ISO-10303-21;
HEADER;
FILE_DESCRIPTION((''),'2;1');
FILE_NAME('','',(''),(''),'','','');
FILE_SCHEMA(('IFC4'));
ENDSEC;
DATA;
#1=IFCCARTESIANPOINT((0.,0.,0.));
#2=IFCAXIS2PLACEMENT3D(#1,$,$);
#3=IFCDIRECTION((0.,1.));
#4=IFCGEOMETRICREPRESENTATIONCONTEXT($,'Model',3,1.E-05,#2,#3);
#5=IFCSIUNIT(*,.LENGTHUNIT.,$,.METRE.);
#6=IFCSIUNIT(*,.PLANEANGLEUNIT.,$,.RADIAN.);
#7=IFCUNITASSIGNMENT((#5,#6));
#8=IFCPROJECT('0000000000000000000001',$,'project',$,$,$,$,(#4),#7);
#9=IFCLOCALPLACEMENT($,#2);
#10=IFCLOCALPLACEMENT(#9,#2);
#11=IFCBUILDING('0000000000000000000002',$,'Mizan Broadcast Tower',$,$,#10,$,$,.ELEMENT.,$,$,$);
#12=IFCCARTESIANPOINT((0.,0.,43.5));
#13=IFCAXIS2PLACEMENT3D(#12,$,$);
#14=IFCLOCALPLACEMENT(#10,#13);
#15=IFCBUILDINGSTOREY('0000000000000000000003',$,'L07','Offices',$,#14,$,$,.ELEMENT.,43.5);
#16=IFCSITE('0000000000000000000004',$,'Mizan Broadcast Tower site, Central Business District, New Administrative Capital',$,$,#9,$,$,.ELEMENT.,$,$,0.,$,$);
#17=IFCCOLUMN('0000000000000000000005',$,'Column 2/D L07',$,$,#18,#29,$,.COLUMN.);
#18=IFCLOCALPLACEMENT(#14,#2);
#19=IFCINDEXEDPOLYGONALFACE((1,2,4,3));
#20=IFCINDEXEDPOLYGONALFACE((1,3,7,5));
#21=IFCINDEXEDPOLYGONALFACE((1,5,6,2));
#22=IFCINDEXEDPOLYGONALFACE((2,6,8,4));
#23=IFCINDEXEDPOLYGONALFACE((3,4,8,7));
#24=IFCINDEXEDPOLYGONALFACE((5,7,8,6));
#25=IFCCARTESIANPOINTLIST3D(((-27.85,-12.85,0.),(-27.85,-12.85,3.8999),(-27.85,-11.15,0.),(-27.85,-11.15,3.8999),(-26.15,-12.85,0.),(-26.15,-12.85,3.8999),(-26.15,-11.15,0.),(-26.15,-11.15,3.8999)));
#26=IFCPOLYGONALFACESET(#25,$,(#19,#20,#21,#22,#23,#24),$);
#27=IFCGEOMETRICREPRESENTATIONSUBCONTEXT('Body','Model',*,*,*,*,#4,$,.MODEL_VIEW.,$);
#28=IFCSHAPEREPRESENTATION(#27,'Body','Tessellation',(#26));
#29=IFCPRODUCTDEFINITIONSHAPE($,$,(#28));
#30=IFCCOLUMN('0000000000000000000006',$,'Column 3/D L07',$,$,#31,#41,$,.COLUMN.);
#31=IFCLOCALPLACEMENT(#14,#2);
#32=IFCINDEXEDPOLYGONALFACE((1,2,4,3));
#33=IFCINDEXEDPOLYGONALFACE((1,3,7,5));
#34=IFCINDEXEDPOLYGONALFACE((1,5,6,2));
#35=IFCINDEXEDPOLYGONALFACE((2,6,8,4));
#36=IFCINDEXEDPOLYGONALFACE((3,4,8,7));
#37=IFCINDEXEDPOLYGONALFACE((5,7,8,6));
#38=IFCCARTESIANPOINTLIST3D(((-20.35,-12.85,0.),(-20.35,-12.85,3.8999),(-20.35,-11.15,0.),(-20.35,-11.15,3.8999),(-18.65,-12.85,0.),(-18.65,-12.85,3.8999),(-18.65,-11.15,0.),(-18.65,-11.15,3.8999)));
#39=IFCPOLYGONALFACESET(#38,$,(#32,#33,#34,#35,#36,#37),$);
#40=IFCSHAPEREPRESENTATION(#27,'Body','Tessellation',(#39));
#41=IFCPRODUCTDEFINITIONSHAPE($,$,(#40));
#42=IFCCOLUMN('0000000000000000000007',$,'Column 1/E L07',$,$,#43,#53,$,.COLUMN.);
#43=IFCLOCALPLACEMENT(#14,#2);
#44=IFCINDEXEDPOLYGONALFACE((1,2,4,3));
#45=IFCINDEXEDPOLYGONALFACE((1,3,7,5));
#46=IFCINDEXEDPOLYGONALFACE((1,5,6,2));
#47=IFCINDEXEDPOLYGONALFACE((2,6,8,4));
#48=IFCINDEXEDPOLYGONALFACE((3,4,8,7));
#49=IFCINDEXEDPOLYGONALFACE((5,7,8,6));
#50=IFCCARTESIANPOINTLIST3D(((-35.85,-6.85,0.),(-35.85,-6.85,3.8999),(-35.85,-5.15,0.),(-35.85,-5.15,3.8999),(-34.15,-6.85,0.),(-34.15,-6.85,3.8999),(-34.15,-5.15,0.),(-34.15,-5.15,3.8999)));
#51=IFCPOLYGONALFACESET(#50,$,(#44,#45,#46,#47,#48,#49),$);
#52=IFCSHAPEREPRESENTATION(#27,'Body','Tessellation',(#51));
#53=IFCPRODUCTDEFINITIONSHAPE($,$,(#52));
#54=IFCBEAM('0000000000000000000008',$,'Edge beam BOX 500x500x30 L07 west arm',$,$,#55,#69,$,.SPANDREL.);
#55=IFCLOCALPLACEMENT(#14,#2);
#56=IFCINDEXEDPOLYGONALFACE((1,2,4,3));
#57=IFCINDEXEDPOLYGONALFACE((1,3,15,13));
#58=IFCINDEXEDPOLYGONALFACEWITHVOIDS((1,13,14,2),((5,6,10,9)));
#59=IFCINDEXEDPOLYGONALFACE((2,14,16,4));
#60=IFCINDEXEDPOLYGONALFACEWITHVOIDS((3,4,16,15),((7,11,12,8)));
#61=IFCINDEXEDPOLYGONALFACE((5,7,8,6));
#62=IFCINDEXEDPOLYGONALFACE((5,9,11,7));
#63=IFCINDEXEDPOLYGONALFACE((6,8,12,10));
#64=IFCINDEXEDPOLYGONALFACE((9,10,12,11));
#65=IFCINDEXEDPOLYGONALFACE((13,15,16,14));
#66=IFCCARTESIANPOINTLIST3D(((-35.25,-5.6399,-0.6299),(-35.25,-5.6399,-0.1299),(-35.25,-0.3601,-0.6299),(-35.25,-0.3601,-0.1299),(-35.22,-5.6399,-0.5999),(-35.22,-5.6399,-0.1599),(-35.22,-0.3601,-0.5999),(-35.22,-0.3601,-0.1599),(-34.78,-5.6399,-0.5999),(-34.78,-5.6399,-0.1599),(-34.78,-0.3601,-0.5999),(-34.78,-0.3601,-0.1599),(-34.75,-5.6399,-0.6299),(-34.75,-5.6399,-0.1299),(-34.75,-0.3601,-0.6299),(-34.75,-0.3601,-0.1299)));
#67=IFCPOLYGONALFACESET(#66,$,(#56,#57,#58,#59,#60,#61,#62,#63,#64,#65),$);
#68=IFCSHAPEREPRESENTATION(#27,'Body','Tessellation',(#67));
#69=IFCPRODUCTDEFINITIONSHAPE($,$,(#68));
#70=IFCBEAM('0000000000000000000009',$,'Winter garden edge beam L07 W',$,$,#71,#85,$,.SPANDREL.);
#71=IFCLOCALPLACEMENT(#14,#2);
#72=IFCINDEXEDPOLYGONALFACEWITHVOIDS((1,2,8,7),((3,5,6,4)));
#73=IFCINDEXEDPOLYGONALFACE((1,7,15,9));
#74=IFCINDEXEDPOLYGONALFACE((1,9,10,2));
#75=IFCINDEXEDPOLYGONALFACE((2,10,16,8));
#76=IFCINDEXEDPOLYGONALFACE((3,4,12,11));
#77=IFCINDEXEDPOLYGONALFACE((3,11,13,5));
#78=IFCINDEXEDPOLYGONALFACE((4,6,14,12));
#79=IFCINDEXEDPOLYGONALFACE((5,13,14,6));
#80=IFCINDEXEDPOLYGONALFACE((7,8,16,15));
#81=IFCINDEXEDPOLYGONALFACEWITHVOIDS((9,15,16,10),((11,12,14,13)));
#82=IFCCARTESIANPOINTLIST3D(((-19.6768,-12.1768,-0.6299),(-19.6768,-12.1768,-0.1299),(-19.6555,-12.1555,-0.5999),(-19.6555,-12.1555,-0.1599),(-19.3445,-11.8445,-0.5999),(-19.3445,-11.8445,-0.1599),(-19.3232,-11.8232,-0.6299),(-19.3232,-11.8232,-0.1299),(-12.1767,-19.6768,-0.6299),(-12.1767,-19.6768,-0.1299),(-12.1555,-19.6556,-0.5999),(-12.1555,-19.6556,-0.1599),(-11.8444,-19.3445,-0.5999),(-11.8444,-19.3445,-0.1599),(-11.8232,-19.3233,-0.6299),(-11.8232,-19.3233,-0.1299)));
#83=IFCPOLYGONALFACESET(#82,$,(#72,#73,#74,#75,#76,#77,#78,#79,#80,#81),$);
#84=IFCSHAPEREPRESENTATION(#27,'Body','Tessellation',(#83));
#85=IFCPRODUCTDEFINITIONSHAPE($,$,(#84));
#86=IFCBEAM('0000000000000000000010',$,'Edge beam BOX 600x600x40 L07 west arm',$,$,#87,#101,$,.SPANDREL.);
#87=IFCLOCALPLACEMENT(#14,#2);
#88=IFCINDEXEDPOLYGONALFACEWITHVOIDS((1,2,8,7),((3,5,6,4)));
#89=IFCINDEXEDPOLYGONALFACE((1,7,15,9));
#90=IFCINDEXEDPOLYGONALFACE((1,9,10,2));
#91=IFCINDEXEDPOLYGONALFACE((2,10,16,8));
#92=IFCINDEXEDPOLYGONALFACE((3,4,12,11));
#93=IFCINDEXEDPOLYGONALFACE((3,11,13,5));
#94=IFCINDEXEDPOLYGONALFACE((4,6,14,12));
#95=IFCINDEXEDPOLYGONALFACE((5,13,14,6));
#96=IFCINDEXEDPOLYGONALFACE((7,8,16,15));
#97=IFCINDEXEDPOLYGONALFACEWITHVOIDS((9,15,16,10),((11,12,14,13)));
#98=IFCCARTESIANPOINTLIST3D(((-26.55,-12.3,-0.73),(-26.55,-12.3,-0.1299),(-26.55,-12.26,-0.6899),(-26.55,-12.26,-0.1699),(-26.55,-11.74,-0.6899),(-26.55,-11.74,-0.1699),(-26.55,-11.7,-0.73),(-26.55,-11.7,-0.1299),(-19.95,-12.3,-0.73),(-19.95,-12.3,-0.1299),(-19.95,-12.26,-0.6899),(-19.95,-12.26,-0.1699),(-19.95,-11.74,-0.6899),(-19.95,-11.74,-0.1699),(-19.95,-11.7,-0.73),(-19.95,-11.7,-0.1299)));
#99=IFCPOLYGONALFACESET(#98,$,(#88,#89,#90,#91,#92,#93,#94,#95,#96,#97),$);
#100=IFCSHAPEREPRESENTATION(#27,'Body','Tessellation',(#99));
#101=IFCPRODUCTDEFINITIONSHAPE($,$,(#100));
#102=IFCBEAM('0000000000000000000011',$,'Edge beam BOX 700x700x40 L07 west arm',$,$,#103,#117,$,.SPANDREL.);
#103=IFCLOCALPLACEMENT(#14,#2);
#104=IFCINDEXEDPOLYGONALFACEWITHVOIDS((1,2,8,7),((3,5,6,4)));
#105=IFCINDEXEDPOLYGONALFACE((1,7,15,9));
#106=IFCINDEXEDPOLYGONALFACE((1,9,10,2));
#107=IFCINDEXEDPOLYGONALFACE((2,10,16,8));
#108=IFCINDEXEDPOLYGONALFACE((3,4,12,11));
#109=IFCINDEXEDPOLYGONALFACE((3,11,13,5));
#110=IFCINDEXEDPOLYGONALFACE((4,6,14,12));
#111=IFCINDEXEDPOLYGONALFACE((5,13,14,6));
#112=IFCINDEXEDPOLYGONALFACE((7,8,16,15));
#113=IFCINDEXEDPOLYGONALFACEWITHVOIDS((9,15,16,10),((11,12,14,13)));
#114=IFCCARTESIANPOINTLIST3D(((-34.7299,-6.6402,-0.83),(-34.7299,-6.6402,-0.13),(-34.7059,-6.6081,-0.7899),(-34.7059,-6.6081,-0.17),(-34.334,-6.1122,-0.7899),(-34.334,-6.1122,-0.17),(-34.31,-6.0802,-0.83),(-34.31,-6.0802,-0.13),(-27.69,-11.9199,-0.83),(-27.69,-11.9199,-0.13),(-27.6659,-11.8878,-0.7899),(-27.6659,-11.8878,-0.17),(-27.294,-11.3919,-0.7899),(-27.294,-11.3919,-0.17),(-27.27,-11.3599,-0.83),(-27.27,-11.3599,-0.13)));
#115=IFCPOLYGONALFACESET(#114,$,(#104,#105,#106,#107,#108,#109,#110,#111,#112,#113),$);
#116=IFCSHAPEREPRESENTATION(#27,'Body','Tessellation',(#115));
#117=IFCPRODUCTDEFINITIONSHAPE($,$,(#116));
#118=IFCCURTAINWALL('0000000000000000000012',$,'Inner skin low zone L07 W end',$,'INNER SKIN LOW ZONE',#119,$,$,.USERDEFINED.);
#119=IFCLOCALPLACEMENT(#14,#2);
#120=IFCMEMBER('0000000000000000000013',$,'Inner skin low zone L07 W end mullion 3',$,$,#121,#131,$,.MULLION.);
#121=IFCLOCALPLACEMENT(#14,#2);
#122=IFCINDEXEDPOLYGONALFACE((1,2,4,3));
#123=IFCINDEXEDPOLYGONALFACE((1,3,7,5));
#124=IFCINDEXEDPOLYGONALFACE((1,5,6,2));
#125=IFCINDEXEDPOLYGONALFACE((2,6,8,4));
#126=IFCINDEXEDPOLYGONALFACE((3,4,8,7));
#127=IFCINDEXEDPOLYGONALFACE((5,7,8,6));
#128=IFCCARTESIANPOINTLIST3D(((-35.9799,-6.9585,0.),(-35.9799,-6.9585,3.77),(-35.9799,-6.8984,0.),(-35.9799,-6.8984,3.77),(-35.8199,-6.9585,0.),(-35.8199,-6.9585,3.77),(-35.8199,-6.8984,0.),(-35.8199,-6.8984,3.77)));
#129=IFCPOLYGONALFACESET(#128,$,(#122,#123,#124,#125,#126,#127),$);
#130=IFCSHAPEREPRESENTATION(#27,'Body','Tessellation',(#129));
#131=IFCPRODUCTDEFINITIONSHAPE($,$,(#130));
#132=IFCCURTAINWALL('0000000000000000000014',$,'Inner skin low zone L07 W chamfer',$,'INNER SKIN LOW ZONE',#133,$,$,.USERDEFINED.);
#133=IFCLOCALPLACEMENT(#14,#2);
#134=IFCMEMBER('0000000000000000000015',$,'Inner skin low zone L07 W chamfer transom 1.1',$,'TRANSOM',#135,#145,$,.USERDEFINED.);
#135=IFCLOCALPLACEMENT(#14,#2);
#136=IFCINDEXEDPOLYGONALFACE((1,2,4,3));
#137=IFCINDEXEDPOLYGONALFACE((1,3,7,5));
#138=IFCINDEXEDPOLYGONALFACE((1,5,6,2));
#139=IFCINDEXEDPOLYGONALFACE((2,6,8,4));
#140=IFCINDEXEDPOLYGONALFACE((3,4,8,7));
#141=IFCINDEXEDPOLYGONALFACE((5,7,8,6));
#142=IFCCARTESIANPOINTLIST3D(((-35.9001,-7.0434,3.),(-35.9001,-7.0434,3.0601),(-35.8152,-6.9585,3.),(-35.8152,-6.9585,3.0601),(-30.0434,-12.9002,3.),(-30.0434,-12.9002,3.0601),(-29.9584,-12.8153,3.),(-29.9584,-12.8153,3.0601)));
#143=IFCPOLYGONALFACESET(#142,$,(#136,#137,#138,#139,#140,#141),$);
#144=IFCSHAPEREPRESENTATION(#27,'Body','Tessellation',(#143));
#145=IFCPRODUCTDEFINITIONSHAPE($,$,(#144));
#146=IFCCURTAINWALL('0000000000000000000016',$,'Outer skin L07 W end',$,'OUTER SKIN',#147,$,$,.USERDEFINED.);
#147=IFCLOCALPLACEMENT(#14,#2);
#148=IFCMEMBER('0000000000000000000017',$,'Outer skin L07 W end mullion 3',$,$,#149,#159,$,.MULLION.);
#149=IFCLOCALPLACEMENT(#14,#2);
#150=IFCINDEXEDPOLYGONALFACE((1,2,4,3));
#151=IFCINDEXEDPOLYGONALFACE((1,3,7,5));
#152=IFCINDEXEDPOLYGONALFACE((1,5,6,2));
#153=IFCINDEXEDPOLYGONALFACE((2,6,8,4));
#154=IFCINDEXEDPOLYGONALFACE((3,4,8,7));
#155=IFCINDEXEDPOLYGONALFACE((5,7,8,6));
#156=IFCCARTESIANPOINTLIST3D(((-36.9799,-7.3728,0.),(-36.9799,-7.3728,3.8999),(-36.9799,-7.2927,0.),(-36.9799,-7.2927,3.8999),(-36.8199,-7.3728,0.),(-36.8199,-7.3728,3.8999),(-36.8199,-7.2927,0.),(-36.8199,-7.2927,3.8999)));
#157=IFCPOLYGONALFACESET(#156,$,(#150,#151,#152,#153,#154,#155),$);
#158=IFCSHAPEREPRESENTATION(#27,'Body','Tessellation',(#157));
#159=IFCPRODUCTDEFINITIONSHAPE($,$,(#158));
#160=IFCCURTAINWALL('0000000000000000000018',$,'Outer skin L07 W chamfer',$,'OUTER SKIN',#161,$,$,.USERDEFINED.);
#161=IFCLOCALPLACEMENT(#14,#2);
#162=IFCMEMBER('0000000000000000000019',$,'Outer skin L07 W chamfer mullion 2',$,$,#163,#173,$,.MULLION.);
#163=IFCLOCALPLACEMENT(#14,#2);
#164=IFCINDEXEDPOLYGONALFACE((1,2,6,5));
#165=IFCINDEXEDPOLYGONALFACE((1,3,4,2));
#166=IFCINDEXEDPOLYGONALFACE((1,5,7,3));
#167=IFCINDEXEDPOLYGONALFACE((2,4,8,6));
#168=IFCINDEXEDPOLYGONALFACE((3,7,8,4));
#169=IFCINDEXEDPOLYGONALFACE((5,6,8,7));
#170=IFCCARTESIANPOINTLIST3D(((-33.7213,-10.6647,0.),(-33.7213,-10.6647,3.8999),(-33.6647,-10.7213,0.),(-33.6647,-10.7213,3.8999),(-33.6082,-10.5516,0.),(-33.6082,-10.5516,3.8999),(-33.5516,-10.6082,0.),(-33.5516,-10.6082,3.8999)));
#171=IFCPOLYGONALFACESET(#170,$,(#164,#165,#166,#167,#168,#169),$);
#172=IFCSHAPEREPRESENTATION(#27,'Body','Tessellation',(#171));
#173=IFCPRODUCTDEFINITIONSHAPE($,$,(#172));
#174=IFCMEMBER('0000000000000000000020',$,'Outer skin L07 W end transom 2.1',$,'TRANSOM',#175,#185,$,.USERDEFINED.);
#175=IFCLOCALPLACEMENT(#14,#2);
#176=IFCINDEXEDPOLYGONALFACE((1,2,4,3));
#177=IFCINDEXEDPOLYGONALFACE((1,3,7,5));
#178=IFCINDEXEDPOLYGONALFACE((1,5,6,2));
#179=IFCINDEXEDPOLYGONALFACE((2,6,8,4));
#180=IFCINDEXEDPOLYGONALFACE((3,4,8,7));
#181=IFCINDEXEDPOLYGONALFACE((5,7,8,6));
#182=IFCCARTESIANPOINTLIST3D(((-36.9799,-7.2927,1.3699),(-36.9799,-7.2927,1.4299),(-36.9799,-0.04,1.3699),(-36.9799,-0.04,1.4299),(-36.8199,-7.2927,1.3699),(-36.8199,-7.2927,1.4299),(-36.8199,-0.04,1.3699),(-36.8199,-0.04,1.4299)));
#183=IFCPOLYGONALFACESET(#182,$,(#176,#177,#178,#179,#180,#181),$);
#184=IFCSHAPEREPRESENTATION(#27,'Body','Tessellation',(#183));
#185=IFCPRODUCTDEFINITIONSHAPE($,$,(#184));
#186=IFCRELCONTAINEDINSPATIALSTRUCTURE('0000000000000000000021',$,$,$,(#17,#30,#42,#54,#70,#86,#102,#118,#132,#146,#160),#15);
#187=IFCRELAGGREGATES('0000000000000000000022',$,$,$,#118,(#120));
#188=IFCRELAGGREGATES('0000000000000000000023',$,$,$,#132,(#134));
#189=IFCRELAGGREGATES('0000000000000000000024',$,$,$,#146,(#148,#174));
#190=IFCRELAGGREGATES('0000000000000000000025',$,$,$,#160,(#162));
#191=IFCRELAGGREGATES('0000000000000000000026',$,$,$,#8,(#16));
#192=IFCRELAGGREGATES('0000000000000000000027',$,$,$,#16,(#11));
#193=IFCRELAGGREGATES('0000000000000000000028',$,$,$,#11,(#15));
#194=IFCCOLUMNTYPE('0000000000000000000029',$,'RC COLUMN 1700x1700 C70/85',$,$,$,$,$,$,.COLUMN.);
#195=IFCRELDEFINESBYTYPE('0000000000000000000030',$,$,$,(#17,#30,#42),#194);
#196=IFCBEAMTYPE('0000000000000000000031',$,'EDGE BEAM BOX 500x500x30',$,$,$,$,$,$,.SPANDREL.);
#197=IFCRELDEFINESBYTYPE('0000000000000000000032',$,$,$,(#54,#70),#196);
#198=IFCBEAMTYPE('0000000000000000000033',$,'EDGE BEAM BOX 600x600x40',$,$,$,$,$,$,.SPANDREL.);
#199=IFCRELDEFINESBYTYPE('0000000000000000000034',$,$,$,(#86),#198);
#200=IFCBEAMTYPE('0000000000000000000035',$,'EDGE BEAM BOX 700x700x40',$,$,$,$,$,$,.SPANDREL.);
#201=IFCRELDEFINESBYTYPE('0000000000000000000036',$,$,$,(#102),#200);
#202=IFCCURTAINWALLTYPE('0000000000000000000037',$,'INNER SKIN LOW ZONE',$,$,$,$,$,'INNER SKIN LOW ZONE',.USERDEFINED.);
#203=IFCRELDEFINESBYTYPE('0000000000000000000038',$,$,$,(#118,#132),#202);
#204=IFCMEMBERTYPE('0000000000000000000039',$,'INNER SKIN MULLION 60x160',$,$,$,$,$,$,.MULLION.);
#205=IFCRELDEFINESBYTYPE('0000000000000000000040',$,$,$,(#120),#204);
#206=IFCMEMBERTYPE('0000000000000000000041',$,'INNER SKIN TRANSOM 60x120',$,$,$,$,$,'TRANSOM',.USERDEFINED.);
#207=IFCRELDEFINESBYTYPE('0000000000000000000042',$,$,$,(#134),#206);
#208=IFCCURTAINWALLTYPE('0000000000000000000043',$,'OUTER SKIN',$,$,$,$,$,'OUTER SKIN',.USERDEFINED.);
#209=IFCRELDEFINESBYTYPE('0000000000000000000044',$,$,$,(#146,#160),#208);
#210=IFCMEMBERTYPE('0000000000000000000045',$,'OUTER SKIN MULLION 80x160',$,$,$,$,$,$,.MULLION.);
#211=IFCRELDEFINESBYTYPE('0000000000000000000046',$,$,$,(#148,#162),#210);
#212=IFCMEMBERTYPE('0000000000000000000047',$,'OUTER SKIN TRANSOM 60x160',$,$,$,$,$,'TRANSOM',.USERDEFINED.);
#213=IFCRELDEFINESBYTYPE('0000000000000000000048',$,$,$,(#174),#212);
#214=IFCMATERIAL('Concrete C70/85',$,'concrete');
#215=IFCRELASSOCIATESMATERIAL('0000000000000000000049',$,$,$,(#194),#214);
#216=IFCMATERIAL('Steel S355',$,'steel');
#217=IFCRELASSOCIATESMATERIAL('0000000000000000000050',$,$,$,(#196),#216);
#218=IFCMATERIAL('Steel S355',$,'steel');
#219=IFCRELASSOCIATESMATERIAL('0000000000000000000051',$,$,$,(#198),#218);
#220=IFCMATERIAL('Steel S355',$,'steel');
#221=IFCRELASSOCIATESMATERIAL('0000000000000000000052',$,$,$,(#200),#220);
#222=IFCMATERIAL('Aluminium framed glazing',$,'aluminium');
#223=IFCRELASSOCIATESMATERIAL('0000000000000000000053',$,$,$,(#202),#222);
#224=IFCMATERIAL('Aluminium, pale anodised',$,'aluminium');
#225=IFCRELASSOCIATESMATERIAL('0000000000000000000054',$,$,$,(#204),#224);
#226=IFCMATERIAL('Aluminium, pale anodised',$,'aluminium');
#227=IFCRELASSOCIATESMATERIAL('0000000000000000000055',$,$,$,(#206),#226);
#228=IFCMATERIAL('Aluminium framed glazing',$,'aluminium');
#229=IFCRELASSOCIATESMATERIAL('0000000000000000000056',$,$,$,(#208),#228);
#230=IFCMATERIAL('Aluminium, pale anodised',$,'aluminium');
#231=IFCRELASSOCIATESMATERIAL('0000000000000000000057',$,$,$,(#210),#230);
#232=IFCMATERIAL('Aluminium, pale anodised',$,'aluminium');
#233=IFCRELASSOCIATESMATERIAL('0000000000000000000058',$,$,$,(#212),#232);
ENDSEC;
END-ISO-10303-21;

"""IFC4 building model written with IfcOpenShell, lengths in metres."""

from ifc_helpers import new_model, si_unit, direction, frame, origin, origin_2d, place, context, subcontext, project, spatial, rectangle, hollow_rectangle, extrude, material, material_profile, profile_set, type_object, element, aggregate, save


model = new_model("IFC4")

# Units and contexts
model_context = context("Model", 3, precision=1e-05, world=origin(), true_north=direction((0.0, 1.0)))
body_context = subcontext(model_context, "Body", "Model", "MODEL_VIEW")
ifc_project = project(units=[si_unit("LENGTHUNIT", "METRE"), si_unit("PLANEANGLEUNIT", "RADIAN")], contexts=[model_context])

# Site, building, storey
site_placement = place(None, origin())
site = spatial("IfcSite", under=ifc_project, at=site_placement, Name="Mizan Broadcast Tower site, Central Business District, New Administrative Capital", CompositionType="ELEMENT", RefElevation=0.0)
building_placement = place(site_placement, origin())
building = spatial("IfcBuilding", under=site, at=building_placement, Name="Mizan Broadcast Tower", CompositionType="ELEMENT")
storey_placement = place(building_placement, frame((0.0, 0.0, 43.5)))
storey = spatial("IfcBuildingStorey", under=building, at=storey_placement, Name="L07", Description="Offices", CompositionType="ELEMENT", Elevation=43.5)

# Columns
ifc_material_1 = material(Name="Concrete C70/85", Category="concrete")
ifc_material_profile_1 = material_profile(ifc_material_1, rectangle(XDim=1.7, YDim=1.7, at=origin_2d()), Name="RC 1700x1700")
ifc_profile_set_1 = profile_set([ifc_material_profile_1], Name="Concrete C70/85")
column_type = type_object("IfcColumnType", Name="RC COLUMN 1700x1700 C70/85", PredefinedType="COLUMN", material=ifc_profile_set_1)
for number, where, z_axis, x_axis, name in (
    (1, (-27.0, -12.0, 0.0), (0.0, 0.0, 1.0), (1.0, 0.0, 0.0), "Column 2/D L07"),
    (2, (-19.5, -12.0, 0.0), (0.0, 0.0, 1.0), (1.0, 0.0, 0.0), "Column 3/D L07"),
    (3, (-35.0, -6.0, 0.0), (0.0, 0.0, 1.0), (1.0, 0.0, 0.0), "Column 1/E L07"),
):
    element("IfcColumn", number, at=place(storey_placement, frame(where, z_axis=z_axis, x_axis=x_axis)), inside=storey, type_object=column_type, Name=name, PredefinedType="COLUMN", context=body_context, shape_type="SweptSolid", body=[
        extrude(rectangle(XDim=1.7, YDim=1.7, at=origin_2d()), origin(), (0.0, 0.0, 1.0), 3.8999),
    ])

# Beams
ifc_material_2 = material(Name="Steel S355", Category="steel")
ifc_material_profile_2 = material_profile(ifc_material_2, hollow_rectangle(XDim=0.5, YDim=0.5, WallThickness=0.03, at=origin_2d()), Name="BOX 500x500x30")
ifc_profile_set_2 = profile_set([ifc_material_profile_2], Name="Steel S355")
beam_type_1 = type_object("IfcBeamType", Name="EDGE BEAM BOX 500x500x30", PredefinedType="SPANDREL", material=ifc_profile_set_2)
beam_1_placement = place(storey_placement, frame((-35.0, -5.6399, -0.3799), z_axis=(0.0, 1.0, 0.0), x_axis=(-1.0, 0.0, 0.0)))
element("IfcBeam", 4, at=beam_1_placement, inside=storey, type_object=beam_type_1, Name="Edge beam BOX 500x500x30 L07 west arm", PredefinedType="SPANDREL", context=body_context, shape_type="SweptSolid", body=[
    extrude(hollow_rectangle(XDim=0.5, YDim=0.5, WallThickness=0.03, at=origin_2d()), origin(), (0.0, 0.0, 1.0), 5.2798),
])
beam_2_placement = place(storey_placement, frame((-19.5, -12.0, -0.3799), z_axis=(0.707107, -0.707107, 0.0), x_axis=(0.707107, 0.707107, 0.0)))
element("IfcBeam", 5, at=beam_2_placement, inside=storey, type_object=beam_type_1, Name="Winter garden edge beam L07 W", PredefinedType="SPANDREL", context=body_context, shape_type="SweptSolid", body=[
    extrude(hollow_rectangle(XDim=0.5, YDim=0.5, WallThickness=0.03, at=origin_2d()), origin(), (0.0, 0.0, 1.0), 10.6067),
])
ifc_material_3 = material(Name="Steel S355", Category="steel")
ifc_material_profile_3 = material_profile(ifc_material_3, hollow_rectangle(XDim=0.6001, YDim=0.6001, WallThickness=0.04, at=origin_2d()), Name="BOX 600x600x40")
ifc_profile_set_3 = profile_set([ifc_material_profile_3], Name="Steel S355")
beam_type_2 = type_object("IfcBeamType", Name="EDGE BEAM BOX 600x600x40", PredefinedType="SPANDREL", material=ifc_profile_set_3)
beam_3_placement = place(storey_placement, frame((-19.95, -12.0, -0.4299), z_axis=(-1.0, 0.0, 0.0), x_axis=(0.0, -1.0, 0.0)))
element("IfcBeam", 6, at=beam_3_placement, inside=storey, type_object=beam_type_2, Name="Edge beam BOX 600x600x40 L07 west arm", PredefinedType="SPANDREL", context=body_context, shape_type="SweptSolid", body=[
    extrude(hollow_rectangle(XDim=0.6001, YDim=0.6001, WallThickness=0.04, at=origin_2d()), origin(), (0.0, 0.0, 1.0), 6.6001),
])
ifc_material_4 = material(Name="Steel S355", Category="steel")
ifc_material_profile_4 = material_profile(ifc_material_4, hollow_rectangle(XDim=0.7, YDim=0.7, WallThickness=0.04, at=origin_2d()), Name="BOX 700x700x40")
ifc_profile_set_4 = profile_set([ifc_material_profile_4], Name="Steel S355")
beam_type_3 = type_object("IfcBeamType", Name="EDGE BEAM BOX 700x700x40", PredefinedType="SPANDREL", material=ifc_profile_set_4)
beam_4_placement = place(storey_placement, frame((-27.48, -11.6399, -0.48), z_axis=(-0.800013, 0.599982, 0.0), x_axis=(-0.599982, -0.800013, 0.0)))
element("IfcBeam", 7, at=beam_4_placement, inside=storey, type_object=beam_type_3, Name="Edge beam BOX 700x700x40 L07 west arm", PredefinedType="SPANDREL", context=body_context, shape_type="SweptSolid", body=[
    extrude(hollow_rectangle(XDim=0.7, YDim=0.7, WallThickness=0.04, at=origin_2d()), origin(), (0.0, 0.0, 1.0), 8.7998),
])

# Curtain walls, members
ifc_material_5 = material(Name="Aluminium framed glazing", Category="aluminium")
curtain_wall_type_1 = type_object("IfcCurtainWallType", Name="INNER SKIN LOW ZONE", ElementType="INNER SKIN LOW ZONE", PredefinedType="USERDEFINED", material=ifc_material_5)
curtain_wall_1_placement = place(storey_placement, origin())
curtain_wall_1 = element("IfcCurtainWall", 8, at=curtain_wall_1_placement, inside=storey, type_object=curtain_wall_type_1, Name="Inner skin low zone L07 W end", ObjectType="INNER SKIN LOW ZONE", PredefinedType="USERDEFINED")
ifc_material_6 = material(Name="Aluminium, pale anodised", Category="aluminium")
ifc_material_profile_5 = material_profile(ifc_material_6, rectangle(XDim=0.1599, YDim=0.0601, at=origin_2d()), Name="MULLION 160x60")
ifc_profile_set_5 = profile_set([ifc_material_profile_5], Name="Aluminium, pale anodised")
member_type_1 = type_object("IfcMemberType", Name="INNER SKIN MULLION 60x160", PredefinedType="MULLION", material=ifc_profile_set_5)
member_1_placement = place(storey_placement, frame((-35.8999, -6.9285, 0.0), z_axis=(0.0, 0.0, 1.0), x_axis=(1.0, 0.0, 0.0)))
member_1 = element("IfcMember", 9, at=member_1_placement, type_object=member_type_1, Name="Inner skin low zone L07 W end mullion 3", PredefinedType="MULLION", context=body_context, shape_type="SweptSolid", body=[
    extrude(rectangle(XDim=0.1599, YDim=0.0601, at=origin_2d()), origin(), (0.0, 0.0, 1.0), 3.77),
])
curtain_wall_2_placement = place(storey_placement, origin())
curtain_wall_2 = element("IfcCurtainWall", 10, at=curtain_wall_2_placement, inside=storey, type_object=curtain_wall_type_1, Name="Inner skin low zone L07 W chamfer", ObjectType="INNER SKIN LOW ZONE", PredefinedType="USERDEFINED")
ifc_material_7 = material(Name="Aluminium, pale anodised", Category="aluminium")
ifc_material_profile_6 = material_profile(ifc_material_7, rectangle(XDim=0.1201, YDim=0.0601, at=origin_2d()), Name="TRANSOM 120x60")
ifc_profile_set_6 = profile_set([ifc_material_profile_6], Name="Aluminium, pale anodised")
member_type_2 = type_object("IfcMemberType", Name="INNER SKIN TRANSOM 60x120", ElementType="TRANSOM", PredefinedType="USERDEFINED", material=ifc_profile_set_6)
member_2_placement = place(storey_placement, frame((-35.8577, -7.001, 3.03), z_axis=(0.707107, -0.707107, 0.0), x_axis=(0.707107, 0.707107, 0.0)))
member_2 = element("IfcMember", 11, at=member_2_placement, type_object=member_type_2, Name="Inner skin low zone L07 W chamfer transom 1.1", ObjectType="TRANSOM", PredefinedType="USERDEFINED", context=body_context, shape_type="SweptSolid", body=[
    extrude(rectangle(XDim=0.1201, YDim=0.0601, at=origin_2d()), origin(), (0.0, 0.0, 1.0), 8.2827),
])
ifc_material_8 = material(Name="Aluminium framed glazing", Category="aluminium")
curtain_wall_type_2 = type_object("IfcCurtainWallType", Name="OUTER SKIN", ElementType="OUTER SKIN", PredefinedType="USERDEFINED", material=ifc_material_8)
curtain_wall_3_placement = place(storey_placement, origin())
curtain_wall_3 = element("IfcCurtainWall", 12, at=curtain_wall_3_placement, inside=storey, type_object=curtain_wall_type_2, Name="Outer skin L07 W end", ObjectType="OUTER SKIN", PredefinedType="USERDEFINED")
ifc_material_9 = material(Name="Aluminium, pale anodised", Category="aluminium")
ifc_material_profile_7 = material_profile(ifc_material_9, rectangle(XDim=0.1599, YDim=0.0801, at=origin_2d()), Name="MULLION 160x80")
ifc_profile_set_7 = profile_set([ifc_material_profile_7], Name="Aluminium, pale anodised")
member_type_3 = type_object("IfcMemberType", Name="OUTER SKIN MULLION 80x160", PredefinedType="MULLION", material=ifc_profile_set_7)
member_3_placement = place(storey_placement, frame((-36.8999, -7.3328, 0.0), z_axis=(0.0, 0.0, 1.0), x_axis=(1.0, 0.0, 0.0)))
member_3 = element("IfcMember", 13, at=member_3_placement, type_object=member_type_3, Name="Outer skin L07 W end mullion 3", PredefinedType="MULLION", context=body_context, shape_type="SweptSolid", body=[
    extrude(rectangle(XDim=0.1599, YDim=0.0801, at=origin_2d()), origin(), (0.0, 0.0, 1.0), 3.8999),
])
curtain_wall_4_placement = place(storey_placement, origin())
curtain_wall_4 = element("IfcCurtainWall", 14, at=curtain_wall_4_placement, inside=storey, type_object=curtain_wall_type_2, Name="Outer skin L07 W chamfer", ObjectType="OUTER SKIN", PredefinedType="USERDEFINED")
member_4_placement = place(storey_placement, frame((-33.6365, -10.6365, 0.0), z_axis=(0.0, 0.0, 1.0), x_axis=(0.707107, 0.707107, 0.0)))
member_4 = element("IfcMember", 15, at=member_4_placement, type_object=member_type_3, Name="Outer skin L07 W chamfer mullion 2", PredefinedType="MULLION", context=body_context, shape_type="SweptSolid", body=[
    extrude(rectangle(XDim=0.1599, YDim=0.0801, at=origin_2d()), origin(), (0.0, 0.0, 1.0), 3.8999),
])

# Member
ifc_material_10 = material(Name="Aluminium, pale anodised", Category="aluminium")
ifc_material_profile_8 = material_profile(ifc_material_10, rectangle(XDim=0.1599, YDim=0.0601, at=origin_2d()), Name="TRANSOM 160x60")
ifc_profile_set_8 = profile_set([ifc_material_profile_8], Name="Aluminium, pale anodised")
member_type_4 = type_object("IfcMemberType", Name="OUTER SKIN TRANSOM 60x160", ElementType="TRANSOM", PredefinedType="USERDEFINED", material=ifc_profile_set_8)
member_5_placement = place(storey_placement, frame((-36.8999, -0.04, 1.3999), z_axis=(0.0, -1.0, 0.0), x_axis=(1.0, 0.0, 0.0)))
member_5 = element("IfcMember", 16, at=member_5_placement, type_object=member_type_4, Name="Outer skin L07 W end transom 2.1", ObjectType="TRANSOM", PredefinedType="USERDEFINED", context=body_context, shape_type="SweptSolid", body=[
    extrude(rectangle(XDim=0.1599, YDim=0.0601, at=origin_2d()), origin(), (0.0, 0.0, 1.0), 7.2527),
])

aggregate(curtain_wall_1, [member_1])
aggregate(curtain_wall_2, [member_2])
aggregate(curtain_wall_3, [member_3, member_5])
aggregate(curtain_wall_4, [member_4])

save(model, "model.ifc")
